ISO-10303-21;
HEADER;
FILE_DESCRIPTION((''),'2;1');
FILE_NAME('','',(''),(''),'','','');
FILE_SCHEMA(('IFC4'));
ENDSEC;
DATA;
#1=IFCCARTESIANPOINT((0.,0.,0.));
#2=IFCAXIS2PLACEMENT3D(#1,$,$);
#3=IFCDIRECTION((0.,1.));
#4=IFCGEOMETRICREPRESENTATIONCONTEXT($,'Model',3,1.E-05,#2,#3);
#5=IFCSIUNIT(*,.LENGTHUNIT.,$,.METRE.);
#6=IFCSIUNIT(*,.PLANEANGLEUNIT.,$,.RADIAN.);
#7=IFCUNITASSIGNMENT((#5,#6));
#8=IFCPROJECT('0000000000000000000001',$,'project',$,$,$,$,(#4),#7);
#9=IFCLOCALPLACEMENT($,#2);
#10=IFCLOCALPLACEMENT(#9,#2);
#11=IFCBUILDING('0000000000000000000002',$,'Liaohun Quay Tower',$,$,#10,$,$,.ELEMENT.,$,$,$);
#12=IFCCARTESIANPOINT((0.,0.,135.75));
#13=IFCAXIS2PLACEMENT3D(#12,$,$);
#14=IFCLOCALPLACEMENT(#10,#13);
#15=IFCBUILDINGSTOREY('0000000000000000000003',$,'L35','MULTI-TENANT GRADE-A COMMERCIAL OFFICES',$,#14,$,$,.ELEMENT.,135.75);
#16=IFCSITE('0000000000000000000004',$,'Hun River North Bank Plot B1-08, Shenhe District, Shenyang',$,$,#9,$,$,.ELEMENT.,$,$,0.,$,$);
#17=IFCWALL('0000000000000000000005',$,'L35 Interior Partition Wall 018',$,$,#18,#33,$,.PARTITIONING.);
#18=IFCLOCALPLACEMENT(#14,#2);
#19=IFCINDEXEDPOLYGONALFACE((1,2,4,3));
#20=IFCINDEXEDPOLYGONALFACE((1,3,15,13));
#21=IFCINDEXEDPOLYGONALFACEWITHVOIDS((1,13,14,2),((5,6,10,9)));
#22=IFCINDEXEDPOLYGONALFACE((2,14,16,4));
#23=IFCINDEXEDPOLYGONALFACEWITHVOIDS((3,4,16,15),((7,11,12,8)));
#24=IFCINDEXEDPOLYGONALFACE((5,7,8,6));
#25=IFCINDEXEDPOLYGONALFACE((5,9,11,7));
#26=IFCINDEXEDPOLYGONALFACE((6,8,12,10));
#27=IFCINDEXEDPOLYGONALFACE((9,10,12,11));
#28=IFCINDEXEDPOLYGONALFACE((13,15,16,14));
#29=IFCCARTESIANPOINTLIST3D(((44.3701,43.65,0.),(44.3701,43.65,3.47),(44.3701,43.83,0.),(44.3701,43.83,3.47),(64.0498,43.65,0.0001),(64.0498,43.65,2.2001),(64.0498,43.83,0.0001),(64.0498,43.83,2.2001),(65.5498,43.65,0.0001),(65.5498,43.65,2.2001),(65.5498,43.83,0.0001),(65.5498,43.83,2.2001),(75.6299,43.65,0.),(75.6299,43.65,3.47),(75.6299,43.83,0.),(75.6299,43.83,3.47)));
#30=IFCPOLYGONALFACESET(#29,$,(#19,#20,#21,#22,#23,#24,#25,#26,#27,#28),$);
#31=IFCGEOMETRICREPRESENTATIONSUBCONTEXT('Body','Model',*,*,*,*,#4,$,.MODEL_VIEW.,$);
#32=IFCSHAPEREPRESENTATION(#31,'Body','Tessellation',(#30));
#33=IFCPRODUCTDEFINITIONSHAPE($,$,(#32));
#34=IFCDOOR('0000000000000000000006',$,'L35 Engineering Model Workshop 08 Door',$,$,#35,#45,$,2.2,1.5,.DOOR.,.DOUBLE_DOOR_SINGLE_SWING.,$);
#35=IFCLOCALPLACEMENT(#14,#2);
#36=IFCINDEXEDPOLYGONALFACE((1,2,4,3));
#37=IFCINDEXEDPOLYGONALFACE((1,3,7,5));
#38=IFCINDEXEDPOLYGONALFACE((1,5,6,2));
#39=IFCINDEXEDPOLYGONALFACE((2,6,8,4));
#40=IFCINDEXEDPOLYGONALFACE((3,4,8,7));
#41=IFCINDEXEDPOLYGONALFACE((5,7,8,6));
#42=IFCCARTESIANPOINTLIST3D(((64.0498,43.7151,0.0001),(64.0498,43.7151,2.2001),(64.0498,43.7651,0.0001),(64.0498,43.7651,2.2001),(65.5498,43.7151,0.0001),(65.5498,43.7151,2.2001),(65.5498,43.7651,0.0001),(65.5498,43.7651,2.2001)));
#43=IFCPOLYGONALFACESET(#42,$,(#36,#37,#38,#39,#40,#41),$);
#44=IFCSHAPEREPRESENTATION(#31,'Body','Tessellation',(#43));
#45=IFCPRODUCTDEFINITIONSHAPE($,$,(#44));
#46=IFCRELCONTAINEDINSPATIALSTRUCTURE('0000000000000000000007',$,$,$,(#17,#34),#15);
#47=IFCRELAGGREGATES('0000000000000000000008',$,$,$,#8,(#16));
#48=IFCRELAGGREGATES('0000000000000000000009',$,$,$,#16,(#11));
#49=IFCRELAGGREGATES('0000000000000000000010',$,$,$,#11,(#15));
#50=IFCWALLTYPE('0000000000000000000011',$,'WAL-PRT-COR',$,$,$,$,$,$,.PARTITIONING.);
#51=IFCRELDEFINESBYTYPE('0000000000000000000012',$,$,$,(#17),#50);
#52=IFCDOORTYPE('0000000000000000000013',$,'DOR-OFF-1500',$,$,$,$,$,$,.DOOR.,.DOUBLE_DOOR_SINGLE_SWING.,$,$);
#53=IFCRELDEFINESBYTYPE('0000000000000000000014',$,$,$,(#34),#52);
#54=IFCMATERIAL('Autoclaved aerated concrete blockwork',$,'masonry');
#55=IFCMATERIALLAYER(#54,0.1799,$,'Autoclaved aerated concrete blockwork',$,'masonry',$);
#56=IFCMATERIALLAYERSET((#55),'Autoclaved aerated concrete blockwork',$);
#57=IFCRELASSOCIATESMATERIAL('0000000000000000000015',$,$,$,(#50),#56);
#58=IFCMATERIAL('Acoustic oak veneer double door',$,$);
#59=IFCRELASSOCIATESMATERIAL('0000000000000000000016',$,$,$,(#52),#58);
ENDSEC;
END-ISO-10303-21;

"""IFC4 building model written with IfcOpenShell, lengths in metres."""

from ifc_helpers import new_model, si_unit, direction, frame, frame_2d, origin, place, context, subcontext, project, spatial, rectangle, extrude, source, transform, mapped, material, layer, layer_set, type_object, element, fill, save


model = new_model("IFC4")

# Units and contexts
model_context = context("Model", 3, precision=1e-05, world=origin(), true_north=direction((0.0, 1.0)))
body_context = subcontext(model_context, "Body", "Model", "MODEL_VIEW")
ifc_project = project(units=[si_unit("LENGTHUNIT", "METRE"), si_unit("PLANEANGLEUNIT", "RADIAN")], contexts=[model_context])

# Site, building, storey
site_placement = place(None, origin())
site = spatial("IfcSite", under=ifc_project, at=site_placement, Name="Hun River North Bank Plot B1-08, Shenhe District, Shenyang", CompositionType="ELEMENT", RefElevation=0.0)
building_placement = place(site_placement, origin())
building = spatial("IfcBuilding", under=site, at=building_placement, Name="Liaohun Quay Tower", CompositionType="ELEMENT")
storey_placement = place(building_placement, frame((0.0, 0.0, 135.75)))
storey = spatial("IfcBuildingStorey", under=building, at=storey_placement, Name="L35", Description="MULTI-TENANT GRADE-A COMMERCIAL OFFICES", CompositionType="ELEMENT", Elevation=135.75)

# Wall, opening, door
ifc_material_1 = material(Name="Autoclaved aerated concrete blockwork", Category="masonry")
ifc_layer_1 = layer(ifc_material_1, 0.1799, Name="Autoclaved aerated concrete blockwork", Category="masonry")
ifc_layer_set_1 = layer_set([ifc_layer_1], Name="Autoclaved aerated concrete blockwork")
wall_type_1 = type_object("IfcWallType", Name="WAL-PRT-COR", PredefinedType="PARTITIONING", material=ifc_layer_set_1)
wall_1_placement = place(storey_placement, frame((75.6299, 43.74, 0.0), z_axis=(0.0, 0.0, 1.0), x_axis=(-1.0, 0.0, 0.0)))
wall_1 = element("IfcWall", 1, at=wall_1_placement, inside=storey, type_object=wall_type_1, Name="L35 Interior Partition Wall 018", PredefinedType="PARTITIONING", context=body_context, shape_type="SweptSolid", body=[
    extrude(rectangle(XDim=31.2598, YDim=0.1799, at=frame_2d((15.6299, 0.0))), origin(), (0.0, 0.0, 1.0), 3.47),
])
shared_shape_1 = source(origin(), body_context, "Body", "SweptSolid", [
    extrude(rectangle(XDim=1.5, YDim=2.2, at=frame_2d((0.75, 1.1001))), frame((0.0, 0.0999, 0.0), z_axis=(0.0, -1.0, 0.0), x_axis=(1.0, 0.0, 0.0)), (0.0, 0.0, 1.0), 0.2),
])
opening_1_placement = place(wall_1_placement, frame((10.0801, 0.0, 0.0)))
opening_1 = element("IfcOpeningElement", 2, at=opening_1_placement, cuts=wall_1, PredefinedType="OPENING", context=body_context, shape_type="MappedRepresentation", body=[
    mapped(shared_shape_1, transform((0.0, 0.0, 0.0), x_axis=(1.0, 0.0, 0.0), y_axis=(0.0, 1.0, 0.0), z_axis=(0.0, 0.0, 1.0), scale=1.0)),
])
ifc_material_2 = material(Name="Acoustic oak veneer double door")
door_type = type_object("IfcDoorType", Name="DOR-OFF-1500", OperationType="DOUBLE_DOOR_SINGLE_SWING", PredefinedType="DOOR", material=ifc_material_2)
shared_shape_2 = source(origin(), body_context, "Body", "SweptSolid", [
    extrude(rectangle(XDim=1.5, YDim=2.2, at=frame_2d((0.75, 1.1001))), frame((0.0, 0.0249, 0.0), z_axis=(0.0, -1.0, 0.0), x_axis=(1.0, 0.0, 0.0)), (0.0, 0.0, 1.0), 0.05),
])
door_placement = place(opening_1_placement, origin())
door = element("IfcDoor", 3, at=door_placement, inside=storey, type_object=door_type, Name="L35 Engineering Model Workshop 08 Door", OperationType="DOUBLE_DOOR_SINGLE_SWING", OverallHeight=2.2, OverallWidth=1.5, PredefinedType="DOOR", context=body_context, shape_type="MappedRepresentation", body=[
    mapped(shared_shape_2, transform((0.0, 0.0, 0.0), x_axis=(1.0, 0.0, 0.0), y_axis=(0.0, 1.0, 0.0), z_axis=(0.0, 0.0, 1.0), scale=1.0)),
])
fill(opening_1, door)

save(model, "model.ifc")
